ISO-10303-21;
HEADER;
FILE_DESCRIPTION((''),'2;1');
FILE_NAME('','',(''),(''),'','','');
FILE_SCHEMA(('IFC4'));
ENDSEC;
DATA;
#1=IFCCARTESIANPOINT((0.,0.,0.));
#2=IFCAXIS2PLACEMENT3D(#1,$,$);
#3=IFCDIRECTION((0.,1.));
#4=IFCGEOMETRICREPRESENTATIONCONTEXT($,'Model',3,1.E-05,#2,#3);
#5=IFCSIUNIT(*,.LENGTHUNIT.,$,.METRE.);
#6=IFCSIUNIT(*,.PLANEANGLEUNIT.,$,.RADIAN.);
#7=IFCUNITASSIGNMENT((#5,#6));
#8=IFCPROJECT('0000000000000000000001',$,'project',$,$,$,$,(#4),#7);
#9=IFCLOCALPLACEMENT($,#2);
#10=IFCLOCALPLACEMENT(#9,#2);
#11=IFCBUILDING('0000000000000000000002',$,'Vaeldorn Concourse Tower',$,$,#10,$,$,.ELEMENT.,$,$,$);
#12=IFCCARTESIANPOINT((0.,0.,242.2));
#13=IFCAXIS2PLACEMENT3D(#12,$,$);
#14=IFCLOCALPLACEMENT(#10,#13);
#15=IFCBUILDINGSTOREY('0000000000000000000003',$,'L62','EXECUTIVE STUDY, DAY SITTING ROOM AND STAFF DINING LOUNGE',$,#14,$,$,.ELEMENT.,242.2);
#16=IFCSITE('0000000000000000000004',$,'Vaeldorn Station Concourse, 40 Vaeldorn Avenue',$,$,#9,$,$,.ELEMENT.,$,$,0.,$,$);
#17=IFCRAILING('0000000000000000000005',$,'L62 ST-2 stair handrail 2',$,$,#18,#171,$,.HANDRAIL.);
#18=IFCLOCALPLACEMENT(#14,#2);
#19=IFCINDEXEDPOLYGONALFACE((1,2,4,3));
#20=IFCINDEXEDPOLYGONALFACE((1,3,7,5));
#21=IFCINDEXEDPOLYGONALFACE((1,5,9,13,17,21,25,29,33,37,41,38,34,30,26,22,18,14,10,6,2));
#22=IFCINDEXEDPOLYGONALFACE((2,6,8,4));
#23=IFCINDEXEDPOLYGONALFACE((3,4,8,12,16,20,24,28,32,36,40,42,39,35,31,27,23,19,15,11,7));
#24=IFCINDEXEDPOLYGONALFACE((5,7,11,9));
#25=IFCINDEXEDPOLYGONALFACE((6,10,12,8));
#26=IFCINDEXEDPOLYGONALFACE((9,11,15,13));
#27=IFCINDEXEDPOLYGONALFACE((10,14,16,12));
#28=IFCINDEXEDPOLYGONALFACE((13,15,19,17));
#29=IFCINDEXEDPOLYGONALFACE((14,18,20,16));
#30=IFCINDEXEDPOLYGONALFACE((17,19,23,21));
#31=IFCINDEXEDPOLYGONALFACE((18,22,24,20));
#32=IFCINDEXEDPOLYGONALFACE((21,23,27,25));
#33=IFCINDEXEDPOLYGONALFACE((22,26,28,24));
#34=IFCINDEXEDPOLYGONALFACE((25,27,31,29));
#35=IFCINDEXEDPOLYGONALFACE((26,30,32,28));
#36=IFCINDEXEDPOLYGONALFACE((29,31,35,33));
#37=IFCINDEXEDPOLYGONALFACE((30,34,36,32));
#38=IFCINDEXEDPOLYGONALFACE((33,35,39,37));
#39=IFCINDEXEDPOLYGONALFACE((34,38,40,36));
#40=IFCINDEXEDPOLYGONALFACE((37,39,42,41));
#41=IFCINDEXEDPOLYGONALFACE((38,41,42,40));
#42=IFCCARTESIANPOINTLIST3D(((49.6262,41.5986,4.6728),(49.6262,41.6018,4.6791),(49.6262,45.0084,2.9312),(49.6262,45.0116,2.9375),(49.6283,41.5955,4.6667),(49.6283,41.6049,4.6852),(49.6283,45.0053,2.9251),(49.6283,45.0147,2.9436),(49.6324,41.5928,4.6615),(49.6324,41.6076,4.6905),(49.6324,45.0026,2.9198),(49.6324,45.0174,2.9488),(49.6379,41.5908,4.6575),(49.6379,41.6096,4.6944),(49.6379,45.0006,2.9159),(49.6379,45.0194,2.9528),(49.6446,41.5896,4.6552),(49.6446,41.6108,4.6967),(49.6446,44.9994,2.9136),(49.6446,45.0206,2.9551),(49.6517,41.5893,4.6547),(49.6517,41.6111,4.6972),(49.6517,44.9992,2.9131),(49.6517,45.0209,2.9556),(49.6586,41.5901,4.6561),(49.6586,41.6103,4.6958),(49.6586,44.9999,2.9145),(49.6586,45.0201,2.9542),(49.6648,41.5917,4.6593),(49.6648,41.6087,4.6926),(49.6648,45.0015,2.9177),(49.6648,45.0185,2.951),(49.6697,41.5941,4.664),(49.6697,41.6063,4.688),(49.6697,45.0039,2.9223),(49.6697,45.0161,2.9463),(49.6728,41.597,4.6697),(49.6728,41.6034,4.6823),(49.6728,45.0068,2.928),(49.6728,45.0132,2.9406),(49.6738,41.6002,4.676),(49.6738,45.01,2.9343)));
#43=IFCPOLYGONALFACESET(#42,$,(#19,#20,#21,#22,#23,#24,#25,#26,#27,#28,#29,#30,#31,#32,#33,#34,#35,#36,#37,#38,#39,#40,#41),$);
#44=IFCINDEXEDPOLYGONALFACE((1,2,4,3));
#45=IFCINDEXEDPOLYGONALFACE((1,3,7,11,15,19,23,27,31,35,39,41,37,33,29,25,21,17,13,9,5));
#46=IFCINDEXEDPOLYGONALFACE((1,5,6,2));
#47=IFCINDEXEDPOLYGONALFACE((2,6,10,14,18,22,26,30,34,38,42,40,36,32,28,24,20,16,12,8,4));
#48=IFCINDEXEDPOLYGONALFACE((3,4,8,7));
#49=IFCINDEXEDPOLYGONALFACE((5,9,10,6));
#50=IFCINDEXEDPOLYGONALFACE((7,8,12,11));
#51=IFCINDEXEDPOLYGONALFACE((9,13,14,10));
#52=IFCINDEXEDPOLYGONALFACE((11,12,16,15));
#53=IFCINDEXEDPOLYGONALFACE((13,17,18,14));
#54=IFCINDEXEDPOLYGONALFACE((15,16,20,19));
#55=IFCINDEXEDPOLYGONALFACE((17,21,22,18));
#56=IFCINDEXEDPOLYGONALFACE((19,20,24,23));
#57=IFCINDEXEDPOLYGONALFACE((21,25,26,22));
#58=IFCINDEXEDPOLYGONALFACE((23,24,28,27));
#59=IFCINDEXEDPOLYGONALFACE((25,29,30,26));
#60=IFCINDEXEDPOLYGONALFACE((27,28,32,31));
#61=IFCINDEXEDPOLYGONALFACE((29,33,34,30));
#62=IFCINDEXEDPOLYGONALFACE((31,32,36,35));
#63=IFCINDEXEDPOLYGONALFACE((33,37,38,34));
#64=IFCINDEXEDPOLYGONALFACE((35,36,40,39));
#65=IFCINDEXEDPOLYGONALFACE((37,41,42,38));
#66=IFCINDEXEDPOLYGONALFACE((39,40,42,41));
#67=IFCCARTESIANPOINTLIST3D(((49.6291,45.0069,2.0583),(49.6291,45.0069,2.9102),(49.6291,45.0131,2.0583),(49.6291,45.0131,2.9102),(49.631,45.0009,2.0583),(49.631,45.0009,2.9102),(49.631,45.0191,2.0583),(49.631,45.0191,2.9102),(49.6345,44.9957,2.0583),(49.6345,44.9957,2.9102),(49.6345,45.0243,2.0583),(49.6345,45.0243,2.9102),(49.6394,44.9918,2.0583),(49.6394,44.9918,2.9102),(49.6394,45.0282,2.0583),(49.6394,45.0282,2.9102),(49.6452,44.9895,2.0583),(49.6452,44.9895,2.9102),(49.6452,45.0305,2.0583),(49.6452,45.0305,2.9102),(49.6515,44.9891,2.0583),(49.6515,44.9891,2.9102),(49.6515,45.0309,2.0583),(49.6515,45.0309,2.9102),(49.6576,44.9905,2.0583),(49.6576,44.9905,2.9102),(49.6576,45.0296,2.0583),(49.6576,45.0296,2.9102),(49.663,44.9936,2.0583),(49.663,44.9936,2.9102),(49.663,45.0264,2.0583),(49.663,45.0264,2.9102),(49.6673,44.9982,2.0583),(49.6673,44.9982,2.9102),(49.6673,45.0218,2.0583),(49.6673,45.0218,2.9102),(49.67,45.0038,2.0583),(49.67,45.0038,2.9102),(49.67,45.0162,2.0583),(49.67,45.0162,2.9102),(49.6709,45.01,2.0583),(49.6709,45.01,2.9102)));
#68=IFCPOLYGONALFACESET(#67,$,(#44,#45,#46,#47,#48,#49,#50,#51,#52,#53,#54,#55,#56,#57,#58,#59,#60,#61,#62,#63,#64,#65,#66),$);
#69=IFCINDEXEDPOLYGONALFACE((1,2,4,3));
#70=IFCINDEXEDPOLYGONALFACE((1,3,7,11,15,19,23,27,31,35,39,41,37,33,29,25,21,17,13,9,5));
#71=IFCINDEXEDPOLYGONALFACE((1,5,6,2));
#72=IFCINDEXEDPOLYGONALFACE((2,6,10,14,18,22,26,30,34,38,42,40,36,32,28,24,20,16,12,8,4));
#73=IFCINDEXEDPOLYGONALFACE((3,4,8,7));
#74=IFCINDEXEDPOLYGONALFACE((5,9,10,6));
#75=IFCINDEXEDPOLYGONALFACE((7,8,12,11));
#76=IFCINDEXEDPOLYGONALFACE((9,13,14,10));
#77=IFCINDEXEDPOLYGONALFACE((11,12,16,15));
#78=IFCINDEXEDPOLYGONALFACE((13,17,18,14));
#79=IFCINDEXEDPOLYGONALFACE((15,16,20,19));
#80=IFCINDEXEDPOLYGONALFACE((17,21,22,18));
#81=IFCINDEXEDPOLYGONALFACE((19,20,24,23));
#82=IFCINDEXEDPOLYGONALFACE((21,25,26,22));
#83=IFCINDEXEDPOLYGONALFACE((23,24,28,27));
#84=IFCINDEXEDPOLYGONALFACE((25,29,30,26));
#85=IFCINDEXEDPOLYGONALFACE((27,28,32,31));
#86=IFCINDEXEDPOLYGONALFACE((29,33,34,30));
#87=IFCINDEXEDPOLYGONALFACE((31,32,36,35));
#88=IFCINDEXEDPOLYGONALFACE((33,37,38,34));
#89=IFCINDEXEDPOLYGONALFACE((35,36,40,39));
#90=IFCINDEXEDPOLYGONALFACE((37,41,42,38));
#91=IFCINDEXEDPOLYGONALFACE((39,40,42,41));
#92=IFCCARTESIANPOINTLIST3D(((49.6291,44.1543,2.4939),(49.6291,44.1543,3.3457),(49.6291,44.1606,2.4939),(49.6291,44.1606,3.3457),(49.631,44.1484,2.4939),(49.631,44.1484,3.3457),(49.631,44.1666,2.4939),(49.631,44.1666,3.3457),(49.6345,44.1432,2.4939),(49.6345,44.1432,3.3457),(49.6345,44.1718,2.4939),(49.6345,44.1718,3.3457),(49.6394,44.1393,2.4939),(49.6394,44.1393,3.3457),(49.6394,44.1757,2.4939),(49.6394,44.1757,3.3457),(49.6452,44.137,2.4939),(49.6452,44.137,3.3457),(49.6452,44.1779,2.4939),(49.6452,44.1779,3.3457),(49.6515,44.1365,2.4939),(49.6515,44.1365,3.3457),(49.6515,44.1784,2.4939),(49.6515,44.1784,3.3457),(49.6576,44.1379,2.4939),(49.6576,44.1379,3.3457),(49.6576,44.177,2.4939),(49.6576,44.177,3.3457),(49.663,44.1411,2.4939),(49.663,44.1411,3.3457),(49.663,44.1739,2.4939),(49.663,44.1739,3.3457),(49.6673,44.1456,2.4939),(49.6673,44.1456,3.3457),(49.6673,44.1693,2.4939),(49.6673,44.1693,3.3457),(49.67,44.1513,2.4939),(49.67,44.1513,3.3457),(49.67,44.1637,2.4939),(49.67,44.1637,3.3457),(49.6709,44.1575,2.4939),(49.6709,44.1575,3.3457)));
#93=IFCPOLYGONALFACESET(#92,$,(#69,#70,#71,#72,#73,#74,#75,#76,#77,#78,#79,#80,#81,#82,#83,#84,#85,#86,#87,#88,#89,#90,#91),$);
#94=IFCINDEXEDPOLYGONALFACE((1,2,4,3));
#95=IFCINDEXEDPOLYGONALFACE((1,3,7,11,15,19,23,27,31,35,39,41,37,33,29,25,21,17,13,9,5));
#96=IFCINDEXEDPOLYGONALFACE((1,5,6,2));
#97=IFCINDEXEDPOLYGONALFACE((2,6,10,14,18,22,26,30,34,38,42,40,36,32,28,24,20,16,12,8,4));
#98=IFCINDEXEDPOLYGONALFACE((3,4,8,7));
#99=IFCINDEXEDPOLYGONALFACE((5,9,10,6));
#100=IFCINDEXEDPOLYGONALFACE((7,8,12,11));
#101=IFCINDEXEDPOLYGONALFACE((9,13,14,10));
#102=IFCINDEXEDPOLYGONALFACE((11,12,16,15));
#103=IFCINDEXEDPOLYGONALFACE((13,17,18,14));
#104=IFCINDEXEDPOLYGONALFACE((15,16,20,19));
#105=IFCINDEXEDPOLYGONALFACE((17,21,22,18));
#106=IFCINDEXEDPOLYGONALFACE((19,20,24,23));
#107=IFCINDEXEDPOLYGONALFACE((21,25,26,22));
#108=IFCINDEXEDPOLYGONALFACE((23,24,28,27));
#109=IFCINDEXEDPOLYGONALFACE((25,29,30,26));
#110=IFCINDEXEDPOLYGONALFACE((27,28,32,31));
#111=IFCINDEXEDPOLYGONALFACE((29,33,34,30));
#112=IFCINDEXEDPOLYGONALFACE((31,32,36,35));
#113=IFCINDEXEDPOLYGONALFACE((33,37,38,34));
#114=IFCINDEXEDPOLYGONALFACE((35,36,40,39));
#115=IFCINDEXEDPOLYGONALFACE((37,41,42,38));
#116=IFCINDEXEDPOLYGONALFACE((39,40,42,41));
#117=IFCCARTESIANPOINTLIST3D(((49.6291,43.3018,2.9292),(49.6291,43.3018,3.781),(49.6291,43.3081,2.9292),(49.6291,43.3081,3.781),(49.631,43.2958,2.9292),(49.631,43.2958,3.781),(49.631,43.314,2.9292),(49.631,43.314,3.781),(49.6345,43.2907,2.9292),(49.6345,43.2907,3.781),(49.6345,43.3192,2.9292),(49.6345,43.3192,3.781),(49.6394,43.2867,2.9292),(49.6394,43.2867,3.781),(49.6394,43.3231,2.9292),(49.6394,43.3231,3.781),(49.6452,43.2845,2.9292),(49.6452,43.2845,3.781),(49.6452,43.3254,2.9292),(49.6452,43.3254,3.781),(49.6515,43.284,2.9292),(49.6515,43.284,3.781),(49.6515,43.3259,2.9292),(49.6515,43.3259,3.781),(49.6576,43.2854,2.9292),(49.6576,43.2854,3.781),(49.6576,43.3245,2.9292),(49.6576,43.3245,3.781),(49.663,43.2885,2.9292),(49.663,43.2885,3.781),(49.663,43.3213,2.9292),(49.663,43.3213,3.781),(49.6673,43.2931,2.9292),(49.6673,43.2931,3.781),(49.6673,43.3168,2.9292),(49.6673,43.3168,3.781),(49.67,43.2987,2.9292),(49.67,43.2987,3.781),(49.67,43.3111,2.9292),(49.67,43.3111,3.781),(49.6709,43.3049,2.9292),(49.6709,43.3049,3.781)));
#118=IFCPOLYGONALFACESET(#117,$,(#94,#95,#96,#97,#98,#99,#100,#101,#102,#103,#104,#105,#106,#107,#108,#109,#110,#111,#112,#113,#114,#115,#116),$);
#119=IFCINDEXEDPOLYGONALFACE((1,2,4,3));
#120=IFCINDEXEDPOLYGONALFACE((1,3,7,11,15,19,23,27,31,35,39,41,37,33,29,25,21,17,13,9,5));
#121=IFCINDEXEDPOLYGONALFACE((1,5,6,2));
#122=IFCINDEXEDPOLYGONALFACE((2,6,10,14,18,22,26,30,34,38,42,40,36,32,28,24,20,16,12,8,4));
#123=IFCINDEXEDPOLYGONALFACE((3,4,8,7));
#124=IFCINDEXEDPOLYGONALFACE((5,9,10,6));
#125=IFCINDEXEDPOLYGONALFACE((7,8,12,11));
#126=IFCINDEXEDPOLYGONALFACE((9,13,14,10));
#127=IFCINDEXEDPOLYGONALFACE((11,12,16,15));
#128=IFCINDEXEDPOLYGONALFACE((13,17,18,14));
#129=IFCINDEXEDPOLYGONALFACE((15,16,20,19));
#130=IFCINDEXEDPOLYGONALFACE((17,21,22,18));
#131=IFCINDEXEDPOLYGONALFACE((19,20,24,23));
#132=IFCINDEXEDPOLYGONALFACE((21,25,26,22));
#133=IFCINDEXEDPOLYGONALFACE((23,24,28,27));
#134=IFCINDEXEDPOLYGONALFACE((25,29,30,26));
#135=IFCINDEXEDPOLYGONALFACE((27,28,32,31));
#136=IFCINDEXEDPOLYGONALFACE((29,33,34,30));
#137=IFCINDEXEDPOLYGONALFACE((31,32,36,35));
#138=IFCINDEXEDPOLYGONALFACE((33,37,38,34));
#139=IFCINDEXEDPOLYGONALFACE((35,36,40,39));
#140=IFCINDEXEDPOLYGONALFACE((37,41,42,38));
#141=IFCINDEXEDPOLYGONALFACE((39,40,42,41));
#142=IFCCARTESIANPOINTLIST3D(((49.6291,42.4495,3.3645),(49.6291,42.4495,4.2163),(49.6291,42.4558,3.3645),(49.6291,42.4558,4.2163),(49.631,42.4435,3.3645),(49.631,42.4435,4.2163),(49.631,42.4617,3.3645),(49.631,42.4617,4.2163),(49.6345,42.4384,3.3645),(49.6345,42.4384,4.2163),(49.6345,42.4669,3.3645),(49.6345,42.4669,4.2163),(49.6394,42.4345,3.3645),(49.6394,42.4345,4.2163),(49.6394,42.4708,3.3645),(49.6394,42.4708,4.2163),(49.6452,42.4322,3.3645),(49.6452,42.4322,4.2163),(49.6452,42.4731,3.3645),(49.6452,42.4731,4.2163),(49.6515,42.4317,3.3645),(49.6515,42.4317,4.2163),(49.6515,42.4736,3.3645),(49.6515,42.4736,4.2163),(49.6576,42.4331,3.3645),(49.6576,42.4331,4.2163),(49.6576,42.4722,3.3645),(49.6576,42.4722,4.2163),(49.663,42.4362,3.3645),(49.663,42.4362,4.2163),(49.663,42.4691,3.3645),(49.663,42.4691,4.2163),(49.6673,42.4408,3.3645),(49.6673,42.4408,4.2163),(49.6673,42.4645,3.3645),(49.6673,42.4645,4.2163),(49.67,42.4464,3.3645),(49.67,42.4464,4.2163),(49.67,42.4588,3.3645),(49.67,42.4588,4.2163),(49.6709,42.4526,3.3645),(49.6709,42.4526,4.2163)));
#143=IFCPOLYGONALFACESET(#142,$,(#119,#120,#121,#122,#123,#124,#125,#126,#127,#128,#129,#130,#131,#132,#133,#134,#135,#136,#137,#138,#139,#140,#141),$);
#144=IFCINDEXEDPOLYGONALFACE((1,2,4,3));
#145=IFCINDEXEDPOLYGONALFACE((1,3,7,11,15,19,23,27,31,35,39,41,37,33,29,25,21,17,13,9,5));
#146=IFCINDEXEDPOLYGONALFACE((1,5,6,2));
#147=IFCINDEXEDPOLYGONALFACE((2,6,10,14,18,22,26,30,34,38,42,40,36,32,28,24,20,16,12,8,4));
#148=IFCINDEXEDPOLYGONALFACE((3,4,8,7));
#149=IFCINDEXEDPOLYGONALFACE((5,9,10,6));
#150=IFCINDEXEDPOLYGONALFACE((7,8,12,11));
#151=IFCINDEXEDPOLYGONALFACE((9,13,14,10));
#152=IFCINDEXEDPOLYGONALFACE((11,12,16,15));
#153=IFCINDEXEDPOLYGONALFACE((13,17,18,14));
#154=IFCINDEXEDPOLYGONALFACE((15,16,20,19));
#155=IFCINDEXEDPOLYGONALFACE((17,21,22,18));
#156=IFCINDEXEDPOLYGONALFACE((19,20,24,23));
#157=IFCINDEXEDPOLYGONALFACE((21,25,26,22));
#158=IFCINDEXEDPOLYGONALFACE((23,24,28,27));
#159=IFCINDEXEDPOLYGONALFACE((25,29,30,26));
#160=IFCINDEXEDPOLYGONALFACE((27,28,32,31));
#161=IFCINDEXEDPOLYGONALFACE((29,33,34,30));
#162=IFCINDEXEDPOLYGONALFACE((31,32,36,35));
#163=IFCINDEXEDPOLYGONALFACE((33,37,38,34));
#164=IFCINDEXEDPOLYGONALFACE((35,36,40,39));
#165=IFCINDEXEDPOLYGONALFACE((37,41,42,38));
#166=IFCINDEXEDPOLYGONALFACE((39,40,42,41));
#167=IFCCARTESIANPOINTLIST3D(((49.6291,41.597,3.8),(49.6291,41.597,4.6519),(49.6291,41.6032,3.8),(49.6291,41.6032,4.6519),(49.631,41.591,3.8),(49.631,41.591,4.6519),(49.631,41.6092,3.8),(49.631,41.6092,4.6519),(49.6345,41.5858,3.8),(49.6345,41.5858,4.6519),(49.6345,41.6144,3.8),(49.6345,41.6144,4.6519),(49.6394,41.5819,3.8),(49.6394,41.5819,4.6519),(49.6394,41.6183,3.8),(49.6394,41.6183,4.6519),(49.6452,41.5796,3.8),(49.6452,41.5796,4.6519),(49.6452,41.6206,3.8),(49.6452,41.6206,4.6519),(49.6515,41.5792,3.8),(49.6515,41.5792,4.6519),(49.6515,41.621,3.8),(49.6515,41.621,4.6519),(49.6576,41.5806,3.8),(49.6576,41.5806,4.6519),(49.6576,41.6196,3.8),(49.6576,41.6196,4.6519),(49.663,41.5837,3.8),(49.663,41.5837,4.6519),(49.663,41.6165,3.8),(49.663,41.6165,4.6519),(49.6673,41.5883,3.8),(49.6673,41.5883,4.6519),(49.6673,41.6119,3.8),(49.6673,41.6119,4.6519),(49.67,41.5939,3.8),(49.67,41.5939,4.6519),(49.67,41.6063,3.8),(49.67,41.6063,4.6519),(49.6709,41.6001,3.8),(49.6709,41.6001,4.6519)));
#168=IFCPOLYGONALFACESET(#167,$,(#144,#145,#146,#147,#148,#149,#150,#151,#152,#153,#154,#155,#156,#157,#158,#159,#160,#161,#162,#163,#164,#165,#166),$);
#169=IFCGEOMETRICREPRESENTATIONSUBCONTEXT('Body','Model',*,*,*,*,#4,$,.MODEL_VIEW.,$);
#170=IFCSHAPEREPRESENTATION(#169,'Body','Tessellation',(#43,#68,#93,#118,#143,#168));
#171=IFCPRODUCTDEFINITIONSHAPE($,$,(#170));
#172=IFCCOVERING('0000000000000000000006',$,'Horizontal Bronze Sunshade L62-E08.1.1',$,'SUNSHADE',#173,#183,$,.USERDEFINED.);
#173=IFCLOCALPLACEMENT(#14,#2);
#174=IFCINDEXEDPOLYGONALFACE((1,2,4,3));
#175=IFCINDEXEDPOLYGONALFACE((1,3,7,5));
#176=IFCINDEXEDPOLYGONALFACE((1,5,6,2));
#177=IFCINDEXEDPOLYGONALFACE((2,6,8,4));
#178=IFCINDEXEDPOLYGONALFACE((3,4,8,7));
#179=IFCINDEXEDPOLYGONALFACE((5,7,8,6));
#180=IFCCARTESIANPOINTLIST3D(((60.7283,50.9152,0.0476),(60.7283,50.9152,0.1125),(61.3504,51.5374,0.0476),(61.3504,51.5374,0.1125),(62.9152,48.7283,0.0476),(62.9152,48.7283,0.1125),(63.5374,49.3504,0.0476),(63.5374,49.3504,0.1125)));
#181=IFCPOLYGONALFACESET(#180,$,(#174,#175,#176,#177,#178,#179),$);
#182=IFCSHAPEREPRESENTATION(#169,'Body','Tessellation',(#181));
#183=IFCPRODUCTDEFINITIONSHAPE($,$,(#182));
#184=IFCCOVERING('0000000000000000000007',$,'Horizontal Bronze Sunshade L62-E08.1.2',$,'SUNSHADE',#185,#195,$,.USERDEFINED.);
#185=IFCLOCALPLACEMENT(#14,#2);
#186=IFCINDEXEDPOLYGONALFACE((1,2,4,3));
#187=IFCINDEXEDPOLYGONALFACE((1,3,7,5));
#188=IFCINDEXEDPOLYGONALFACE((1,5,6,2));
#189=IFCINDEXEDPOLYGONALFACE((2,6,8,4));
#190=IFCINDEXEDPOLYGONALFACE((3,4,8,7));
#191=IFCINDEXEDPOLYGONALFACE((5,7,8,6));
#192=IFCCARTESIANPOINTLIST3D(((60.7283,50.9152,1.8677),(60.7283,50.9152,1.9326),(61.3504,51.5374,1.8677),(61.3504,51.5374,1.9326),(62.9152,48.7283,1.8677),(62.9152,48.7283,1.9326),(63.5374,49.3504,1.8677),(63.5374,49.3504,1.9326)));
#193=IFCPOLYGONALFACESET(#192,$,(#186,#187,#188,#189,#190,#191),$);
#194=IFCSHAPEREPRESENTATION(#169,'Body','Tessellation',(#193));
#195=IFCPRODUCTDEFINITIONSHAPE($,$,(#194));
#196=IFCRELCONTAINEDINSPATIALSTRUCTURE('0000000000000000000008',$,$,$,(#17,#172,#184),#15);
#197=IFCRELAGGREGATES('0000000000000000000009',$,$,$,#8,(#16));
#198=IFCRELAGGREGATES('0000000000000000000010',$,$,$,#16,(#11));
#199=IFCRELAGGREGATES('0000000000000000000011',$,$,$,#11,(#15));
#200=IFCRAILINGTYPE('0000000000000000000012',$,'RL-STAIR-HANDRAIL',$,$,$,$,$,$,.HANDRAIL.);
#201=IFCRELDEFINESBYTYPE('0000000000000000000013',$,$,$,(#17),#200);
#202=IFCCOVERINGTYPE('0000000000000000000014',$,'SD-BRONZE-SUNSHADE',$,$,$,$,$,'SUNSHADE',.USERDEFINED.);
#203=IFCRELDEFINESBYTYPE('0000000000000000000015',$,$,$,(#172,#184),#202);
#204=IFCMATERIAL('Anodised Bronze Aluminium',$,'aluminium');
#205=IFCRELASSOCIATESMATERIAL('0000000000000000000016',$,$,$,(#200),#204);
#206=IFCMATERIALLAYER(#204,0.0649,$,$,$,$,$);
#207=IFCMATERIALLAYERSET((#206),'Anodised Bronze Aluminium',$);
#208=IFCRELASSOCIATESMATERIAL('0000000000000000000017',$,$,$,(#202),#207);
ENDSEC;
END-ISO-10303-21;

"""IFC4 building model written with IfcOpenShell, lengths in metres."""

from ifc_helpers import new_model, si_unit, direction, frame, origin, origin_2d, place, context, subcontext, project, spatial, rectangle, circle, extrude, source, transform, mapped, material, layer, layer_set, type_object, element, save


model = new_model("IFC4")

# Units and contexts
model_context = context("Model", 3, precision=1e-05, world=origin(), true_north=direction((0.0, 1.0)))
body_context = subcontext(model_context, "Body", "Model", "MODEL_VIEW")
ifc_project = project(units=[si_unit("LENGTHUNIT", "METRE"), si_unit("PLANEANGLEUNIT", "RADIAN")], contexts=[model_context])

# Site, building, storey
site_placement = place(None, origin())
site = spatial("IfcSite", under=ifc_project, at=site_placement, Name="Vaeldorn Station Concourse, 40 Vaeldorn Avenue", CompositionType="ELEMENT", RefElevation=0.0)
building_placement = place(site_placement, origin())
building = spatial("IfcBuilding", under=site, at=building_placement, Name="Vaeldorn Concourse Tower", CompositionType="ELEMENT")
storey_placement = place(building_placement, frame((0.0, 0.0, 242.2)))
storey = spatial("IfcBuildingStorey", under=building, at=storey_placement, Name="L62", Description="EXECUTIVE STUDY, DAY SITTING ROOM AND STAFF DINING LOUNGE", CompositionType="ELEMENT", Elevation=242.2)

# Shared definitions
ifc_material_1 = material(Name="Anodised Bronze Aluminium", Category="aluminium")

# Railing
railing_type_1 = type_object("IfcRailingType", Name="RL-STAIR-HANDRAIL", PredefinedType="HANDRAIL", material=ifc_material_1)
railing_1_placement = place(storey_placement, frame((49.6499, 45.01, 2.0583)))
element("IfcRailing", 1, at=railing_1_placement, inside=storey, type_object=railing_type_1, Name="L62 ST-2 stair handrail 2", PredefinedType="HANDRAIL", context=body_context, shape_type="SweptSolid", body=[
    extrude(circle(Radius=0.0239, at=origin_2d()), frame((0.0, 0.0, 0.876), z_axis=(0.0, -0.890556, 0.454874), x_axis=(1.0, 0.0, 0.0)), (0.0, 0.0, 1.0), 3.8289),
    extrude(circle(Radius=0.021, at=origin_2d()), origin(), (0.0, 0.0, 1.0), 0.8518),
    extrude(circle(Radius=0.021, at=origin_2d()), frame((0.0, -0.8525, 0.4355)), (0.0, 0.0, 1.0), 0.8518),
    extrude(circle(Radius=0.021, at=origin_2d()), frame((0.0, -1.7051, 0.8708)), (0.0, 0.0, 1.0), 0.8518),
    extrude(circle(Radius=0.021, at=origin_2d()), frame((0.0, -2.5574, 1.3062)), (0.0, 0.0, 1.0), 0.8518),
    extrude(circle(Radius=0.021, at=origin_2d()), frame((0.0, -3.4099, 1.7417)), (0.0, 0.0, 1.0), 0.8518),
])

# Coverings
ifc_layer_1 = layer(ifc_material_1, 0.0649)
ifc_layer_set_1 = layer_set([ifc_layer_1], Name="Anodised Bronze Aluminium")
covering_type = type_object("IfcCoveringType", Name="SD-BRONZE-SUNSHADE", ElementType="SUNSHADE", PredefinedType="USERDEFINED", material=ifc_layer_set_1)
shared_shape_1 = source(origin(), body_context, "Body", "SweptSolid", [
    extrude(rectangle(XDim=3.0928, YDim=0.8799, at=origin_2d()), origin(), (0.0, 0.0, 1.0), 0.0649),
])
for number, where, z_axis, x_axis, name in (
    (2, (62.1328, 50.1328, 0.0476), (0.0, 0.0, 1.0), (-0.707107, 0.707107, 0.0), "Horizontal Bronze Sunshade L62-E08.1.1"),
    (3, (62.1328, 50.1328, 1.8677), (0.0, 0.0, 1.0), (-0.707107, 0.707107, 0.0), "Horizontal Bronze Sunshade L62-E08.1.2"),
):
    element("IfcCovering", number, at=place(storey_placement, frame(where, z_axis=z_axis, x_axis=x_axis)), inside=storey, type_object=covering_type, Name=name, ObjectType="SUNSHADE", PredefinedType="USERDEFINED", context=body_context, shape_type="MappedRepresentation", body=[
        mapped(shared_shape_1, transform((0.0, 0.0, 0.0), scale=1.0)),
    ])

save(model, "model.ifc")
